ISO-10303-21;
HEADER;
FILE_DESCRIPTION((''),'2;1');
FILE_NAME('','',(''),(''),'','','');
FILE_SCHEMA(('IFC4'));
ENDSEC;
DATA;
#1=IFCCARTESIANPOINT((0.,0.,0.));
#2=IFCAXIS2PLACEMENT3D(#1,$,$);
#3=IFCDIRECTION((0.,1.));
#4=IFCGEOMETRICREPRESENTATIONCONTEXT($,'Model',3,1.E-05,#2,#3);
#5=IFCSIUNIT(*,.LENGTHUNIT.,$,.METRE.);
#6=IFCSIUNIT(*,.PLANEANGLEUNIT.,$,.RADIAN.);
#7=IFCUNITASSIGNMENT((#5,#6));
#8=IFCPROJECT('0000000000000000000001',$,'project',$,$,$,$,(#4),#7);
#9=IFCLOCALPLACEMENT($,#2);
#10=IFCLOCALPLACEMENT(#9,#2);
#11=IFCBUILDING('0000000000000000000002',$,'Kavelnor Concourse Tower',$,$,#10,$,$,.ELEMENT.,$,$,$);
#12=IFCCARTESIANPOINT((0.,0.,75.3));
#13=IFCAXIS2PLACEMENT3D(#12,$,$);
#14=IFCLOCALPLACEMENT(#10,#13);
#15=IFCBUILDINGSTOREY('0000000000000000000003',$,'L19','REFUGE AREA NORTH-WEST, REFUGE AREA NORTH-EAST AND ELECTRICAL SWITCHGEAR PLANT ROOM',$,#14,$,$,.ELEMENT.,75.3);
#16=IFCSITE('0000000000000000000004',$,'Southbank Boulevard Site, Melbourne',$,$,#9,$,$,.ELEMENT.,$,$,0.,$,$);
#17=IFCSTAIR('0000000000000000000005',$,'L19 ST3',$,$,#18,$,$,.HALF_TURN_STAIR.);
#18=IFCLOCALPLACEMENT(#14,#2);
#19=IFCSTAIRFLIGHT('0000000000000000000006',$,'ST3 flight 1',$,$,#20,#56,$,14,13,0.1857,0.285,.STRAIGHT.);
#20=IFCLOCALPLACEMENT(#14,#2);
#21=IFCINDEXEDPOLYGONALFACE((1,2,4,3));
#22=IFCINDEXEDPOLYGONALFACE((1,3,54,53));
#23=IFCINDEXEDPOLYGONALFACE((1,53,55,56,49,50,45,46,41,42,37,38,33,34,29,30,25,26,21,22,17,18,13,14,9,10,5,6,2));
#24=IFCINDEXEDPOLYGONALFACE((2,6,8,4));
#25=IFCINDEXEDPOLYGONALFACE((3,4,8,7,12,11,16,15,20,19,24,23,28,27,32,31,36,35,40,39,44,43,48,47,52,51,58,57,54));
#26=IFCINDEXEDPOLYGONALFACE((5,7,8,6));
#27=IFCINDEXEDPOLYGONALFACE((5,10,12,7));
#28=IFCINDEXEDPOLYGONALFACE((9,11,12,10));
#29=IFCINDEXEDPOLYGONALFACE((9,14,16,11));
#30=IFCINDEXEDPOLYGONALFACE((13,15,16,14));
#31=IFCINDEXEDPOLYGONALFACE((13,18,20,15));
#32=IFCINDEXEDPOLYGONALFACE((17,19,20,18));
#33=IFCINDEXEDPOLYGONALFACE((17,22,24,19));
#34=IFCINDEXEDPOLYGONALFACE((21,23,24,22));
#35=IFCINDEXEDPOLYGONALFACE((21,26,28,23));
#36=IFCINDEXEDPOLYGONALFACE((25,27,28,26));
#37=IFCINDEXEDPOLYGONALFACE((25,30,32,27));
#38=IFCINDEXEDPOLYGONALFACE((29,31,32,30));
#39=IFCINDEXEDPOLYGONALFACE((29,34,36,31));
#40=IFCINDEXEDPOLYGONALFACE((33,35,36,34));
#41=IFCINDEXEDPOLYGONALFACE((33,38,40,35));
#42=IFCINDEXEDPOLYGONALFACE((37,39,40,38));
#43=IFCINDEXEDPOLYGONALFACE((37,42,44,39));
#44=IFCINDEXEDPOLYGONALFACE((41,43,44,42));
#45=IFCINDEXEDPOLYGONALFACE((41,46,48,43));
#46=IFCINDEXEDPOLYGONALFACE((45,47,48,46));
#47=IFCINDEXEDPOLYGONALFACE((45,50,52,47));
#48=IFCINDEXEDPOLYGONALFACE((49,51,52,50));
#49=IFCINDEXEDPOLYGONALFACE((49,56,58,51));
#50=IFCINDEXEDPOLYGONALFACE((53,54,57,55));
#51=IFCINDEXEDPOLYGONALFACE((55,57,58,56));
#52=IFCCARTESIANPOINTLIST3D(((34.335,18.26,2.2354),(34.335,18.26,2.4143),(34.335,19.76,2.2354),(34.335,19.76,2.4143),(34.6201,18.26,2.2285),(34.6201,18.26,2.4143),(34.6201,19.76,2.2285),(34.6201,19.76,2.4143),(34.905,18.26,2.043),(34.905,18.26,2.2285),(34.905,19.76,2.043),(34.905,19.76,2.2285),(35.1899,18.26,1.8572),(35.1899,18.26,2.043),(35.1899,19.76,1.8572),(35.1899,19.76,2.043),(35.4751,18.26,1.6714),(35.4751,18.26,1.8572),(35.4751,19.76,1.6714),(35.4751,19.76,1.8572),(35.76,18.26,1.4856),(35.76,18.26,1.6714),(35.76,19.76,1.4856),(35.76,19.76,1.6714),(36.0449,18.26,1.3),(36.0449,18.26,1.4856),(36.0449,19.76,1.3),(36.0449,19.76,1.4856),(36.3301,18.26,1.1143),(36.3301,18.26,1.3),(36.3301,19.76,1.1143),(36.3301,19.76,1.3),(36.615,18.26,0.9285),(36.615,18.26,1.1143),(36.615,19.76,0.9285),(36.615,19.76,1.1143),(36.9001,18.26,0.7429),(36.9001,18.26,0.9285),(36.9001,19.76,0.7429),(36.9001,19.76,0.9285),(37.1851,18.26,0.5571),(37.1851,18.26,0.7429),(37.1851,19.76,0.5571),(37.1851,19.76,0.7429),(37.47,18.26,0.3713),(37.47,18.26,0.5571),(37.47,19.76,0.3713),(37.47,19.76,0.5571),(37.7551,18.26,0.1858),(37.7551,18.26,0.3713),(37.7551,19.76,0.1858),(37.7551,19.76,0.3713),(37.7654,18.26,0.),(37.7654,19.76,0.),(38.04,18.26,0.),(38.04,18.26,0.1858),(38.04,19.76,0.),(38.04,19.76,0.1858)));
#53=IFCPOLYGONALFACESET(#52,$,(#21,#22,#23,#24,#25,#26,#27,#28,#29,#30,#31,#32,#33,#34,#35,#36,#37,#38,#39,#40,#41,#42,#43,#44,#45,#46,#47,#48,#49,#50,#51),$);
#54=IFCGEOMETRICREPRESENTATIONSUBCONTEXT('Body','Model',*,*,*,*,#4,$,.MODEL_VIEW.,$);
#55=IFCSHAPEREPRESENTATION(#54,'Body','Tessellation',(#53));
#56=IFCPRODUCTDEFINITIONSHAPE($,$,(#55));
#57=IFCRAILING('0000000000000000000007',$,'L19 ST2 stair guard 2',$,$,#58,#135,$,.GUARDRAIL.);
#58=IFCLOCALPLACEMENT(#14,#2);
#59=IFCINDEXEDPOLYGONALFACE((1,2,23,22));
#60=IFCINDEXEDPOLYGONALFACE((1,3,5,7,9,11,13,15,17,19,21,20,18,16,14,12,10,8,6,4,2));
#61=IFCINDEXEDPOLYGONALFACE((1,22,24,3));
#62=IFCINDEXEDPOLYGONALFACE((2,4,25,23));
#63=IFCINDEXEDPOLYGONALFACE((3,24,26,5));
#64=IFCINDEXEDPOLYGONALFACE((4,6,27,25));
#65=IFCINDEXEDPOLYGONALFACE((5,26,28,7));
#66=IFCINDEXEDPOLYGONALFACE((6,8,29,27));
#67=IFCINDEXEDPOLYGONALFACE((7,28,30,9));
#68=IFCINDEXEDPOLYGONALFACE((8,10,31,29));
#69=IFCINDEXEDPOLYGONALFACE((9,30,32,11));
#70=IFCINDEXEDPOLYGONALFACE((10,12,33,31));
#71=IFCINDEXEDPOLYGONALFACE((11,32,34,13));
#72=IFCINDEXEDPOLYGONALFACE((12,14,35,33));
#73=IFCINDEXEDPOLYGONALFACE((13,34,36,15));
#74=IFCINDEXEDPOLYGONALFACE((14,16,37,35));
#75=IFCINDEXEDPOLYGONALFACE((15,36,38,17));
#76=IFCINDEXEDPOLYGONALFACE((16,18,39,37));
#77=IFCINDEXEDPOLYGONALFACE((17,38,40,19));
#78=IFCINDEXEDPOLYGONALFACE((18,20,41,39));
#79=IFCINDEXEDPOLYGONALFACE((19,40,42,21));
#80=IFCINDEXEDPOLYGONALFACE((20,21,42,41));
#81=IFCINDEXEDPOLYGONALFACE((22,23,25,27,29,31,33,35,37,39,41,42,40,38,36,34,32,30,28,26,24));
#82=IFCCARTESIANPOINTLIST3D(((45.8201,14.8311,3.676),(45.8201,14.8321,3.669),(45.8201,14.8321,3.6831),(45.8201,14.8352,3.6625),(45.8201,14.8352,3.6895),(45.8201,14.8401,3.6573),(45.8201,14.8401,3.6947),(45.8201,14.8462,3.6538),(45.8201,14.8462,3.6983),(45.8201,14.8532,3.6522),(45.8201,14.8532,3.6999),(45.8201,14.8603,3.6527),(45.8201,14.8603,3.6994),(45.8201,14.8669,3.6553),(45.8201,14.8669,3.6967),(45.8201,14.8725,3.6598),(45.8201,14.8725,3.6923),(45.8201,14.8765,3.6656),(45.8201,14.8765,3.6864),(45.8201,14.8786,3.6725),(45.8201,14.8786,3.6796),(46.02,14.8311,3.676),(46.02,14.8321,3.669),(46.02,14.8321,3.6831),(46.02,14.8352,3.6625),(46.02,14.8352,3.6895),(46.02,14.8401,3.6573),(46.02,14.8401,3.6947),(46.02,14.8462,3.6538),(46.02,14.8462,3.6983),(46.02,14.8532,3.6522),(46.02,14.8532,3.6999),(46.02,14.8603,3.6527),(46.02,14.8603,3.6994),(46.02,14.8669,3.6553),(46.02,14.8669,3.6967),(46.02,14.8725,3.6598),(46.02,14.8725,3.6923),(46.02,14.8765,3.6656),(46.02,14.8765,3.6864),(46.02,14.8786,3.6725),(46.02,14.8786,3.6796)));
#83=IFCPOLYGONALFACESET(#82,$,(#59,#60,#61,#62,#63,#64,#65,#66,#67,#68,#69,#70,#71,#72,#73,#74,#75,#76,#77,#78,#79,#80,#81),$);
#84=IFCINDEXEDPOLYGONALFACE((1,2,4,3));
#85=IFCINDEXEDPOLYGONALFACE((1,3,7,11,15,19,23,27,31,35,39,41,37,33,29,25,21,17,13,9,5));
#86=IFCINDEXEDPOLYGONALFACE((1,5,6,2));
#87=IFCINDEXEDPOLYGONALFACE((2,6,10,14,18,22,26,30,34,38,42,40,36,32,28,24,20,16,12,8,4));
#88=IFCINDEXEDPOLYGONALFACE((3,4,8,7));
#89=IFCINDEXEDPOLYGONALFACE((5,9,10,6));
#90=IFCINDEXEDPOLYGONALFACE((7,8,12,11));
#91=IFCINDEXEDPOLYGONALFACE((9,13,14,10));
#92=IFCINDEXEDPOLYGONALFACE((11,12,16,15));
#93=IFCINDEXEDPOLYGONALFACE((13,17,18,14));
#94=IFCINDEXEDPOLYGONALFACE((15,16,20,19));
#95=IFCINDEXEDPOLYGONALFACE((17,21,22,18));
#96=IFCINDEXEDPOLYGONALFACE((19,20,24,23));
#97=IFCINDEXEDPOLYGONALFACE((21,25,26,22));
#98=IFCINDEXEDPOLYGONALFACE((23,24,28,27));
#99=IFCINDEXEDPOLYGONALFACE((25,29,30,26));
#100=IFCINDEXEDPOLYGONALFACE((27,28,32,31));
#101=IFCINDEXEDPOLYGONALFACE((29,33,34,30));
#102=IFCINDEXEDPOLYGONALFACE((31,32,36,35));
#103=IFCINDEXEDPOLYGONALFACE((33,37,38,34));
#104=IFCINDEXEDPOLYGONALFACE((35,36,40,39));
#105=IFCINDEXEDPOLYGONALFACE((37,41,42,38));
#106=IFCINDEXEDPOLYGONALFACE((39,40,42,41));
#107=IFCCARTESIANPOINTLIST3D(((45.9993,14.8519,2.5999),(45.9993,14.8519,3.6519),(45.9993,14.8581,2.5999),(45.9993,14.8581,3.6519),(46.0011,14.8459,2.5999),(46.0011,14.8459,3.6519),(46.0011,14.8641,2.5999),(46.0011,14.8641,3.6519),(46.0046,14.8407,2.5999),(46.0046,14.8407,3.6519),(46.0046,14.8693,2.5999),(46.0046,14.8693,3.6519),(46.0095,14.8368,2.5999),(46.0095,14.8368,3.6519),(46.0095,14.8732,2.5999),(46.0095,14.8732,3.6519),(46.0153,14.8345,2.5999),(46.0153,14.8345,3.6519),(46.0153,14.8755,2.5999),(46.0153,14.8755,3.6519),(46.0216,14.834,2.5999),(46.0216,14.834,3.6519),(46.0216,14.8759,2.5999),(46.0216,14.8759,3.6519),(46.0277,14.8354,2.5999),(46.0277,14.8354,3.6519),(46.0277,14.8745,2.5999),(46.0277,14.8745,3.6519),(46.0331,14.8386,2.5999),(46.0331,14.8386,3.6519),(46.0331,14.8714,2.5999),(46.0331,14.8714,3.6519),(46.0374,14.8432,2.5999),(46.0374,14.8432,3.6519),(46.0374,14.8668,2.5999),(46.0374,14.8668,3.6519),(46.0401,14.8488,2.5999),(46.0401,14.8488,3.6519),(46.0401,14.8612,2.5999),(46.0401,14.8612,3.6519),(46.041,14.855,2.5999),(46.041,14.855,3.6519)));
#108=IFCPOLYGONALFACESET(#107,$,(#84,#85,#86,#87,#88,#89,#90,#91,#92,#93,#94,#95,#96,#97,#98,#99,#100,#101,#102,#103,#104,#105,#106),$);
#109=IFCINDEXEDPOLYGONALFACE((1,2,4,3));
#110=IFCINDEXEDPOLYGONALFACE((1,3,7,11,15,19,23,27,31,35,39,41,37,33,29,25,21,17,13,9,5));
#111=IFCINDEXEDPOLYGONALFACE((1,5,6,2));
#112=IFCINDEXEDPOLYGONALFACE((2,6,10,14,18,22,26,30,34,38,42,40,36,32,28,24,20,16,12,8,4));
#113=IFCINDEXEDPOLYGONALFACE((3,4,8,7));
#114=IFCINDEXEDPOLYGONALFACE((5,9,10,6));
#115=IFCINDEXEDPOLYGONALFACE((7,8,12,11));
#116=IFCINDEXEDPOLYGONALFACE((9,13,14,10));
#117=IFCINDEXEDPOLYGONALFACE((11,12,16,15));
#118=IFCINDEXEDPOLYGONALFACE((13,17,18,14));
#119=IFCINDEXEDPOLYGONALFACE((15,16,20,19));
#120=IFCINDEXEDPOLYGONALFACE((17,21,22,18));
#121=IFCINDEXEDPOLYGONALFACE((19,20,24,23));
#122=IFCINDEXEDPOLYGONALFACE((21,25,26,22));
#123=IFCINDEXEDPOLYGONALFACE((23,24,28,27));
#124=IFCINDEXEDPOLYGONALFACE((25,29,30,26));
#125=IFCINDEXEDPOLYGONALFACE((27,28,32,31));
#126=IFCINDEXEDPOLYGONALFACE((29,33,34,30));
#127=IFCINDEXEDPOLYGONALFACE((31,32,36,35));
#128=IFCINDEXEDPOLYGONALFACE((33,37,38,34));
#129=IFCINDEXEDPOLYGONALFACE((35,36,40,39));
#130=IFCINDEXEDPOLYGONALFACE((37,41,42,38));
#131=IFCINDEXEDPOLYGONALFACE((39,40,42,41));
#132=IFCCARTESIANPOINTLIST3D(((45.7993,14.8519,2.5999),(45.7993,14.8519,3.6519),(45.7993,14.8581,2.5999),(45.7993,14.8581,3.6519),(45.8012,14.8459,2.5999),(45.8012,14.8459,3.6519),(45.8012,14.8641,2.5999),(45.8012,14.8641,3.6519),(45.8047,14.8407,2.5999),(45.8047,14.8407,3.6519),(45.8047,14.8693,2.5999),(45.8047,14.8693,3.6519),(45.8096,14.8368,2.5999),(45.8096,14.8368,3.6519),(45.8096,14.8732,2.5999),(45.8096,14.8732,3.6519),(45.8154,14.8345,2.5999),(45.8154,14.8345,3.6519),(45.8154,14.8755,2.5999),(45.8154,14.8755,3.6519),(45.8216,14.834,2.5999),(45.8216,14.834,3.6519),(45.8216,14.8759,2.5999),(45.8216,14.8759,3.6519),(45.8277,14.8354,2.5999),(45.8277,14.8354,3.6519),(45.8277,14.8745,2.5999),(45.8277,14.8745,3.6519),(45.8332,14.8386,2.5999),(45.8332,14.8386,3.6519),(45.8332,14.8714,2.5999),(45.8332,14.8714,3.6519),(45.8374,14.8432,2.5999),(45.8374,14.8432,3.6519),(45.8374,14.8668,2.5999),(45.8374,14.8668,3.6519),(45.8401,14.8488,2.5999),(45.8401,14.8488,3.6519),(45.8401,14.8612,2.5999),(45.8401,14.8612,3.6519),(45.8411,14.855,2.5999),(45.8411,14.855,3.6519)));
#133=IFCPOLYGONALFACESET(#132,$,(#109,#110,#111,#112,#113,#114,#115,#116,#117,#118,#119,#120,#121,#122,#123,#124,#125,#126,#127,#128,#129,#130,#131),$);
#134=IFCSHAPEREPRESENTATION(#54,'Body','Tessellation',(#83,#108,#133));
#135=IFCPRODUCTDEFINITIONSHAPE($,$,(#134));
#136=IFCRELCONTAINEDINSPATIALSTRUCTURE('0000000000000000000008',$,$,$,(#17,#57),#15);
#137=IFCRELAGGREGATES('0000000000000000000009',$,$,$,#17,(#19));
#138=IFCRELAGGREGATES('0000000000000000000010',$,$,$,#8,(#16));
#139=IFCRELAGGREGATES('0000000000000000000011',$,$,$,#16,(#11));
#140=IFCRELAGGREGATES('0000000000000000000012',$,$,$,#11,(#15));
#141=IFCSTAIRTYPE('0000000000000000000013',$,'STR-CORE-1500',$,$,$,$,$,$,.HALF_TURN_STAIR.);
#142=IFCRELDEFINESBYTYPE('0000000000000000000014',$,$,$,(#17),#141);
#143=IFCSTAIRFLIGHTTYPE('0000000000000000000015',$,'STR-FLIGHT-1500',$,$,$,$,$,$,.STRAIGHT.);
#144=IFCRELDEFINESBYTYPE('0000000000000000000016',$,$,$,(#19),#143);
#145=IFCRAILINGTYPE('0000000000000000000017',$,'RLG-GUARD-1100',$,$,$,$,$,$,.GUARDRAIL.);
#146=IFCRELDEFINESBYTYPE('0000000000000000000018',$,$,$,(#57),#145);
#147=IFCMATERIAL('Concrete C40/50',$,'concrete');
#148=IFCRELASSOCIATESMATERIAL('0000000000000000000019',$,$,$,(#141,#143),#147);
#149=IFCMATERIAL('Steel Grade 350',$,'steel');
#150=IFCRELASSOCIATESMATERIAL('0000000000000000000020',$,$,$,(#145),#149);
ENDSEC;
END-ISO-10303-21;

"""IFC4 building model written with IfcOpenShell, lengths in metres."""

from ifc_helpers import new_model, si_unit, direction, frame, origin, origin_2d, place, context, subcontext, project, spatial, polyline, circle, outline, extrude, material, type_object, element, aggregate, save


model = new_model("IFC4")

# Units and contexts
model_context = context("Model", 3, precision=1e-05, world=origin(), true_north=direction((0.0, 1.0)))
body_context = subcontext(model_context, "Body", "Model", "MODEL_VIEW")
ifc_project = project(units=[si_unit("LENGTHUNIT", "METRE"), si_unit("PLANEANGLEUNIT", "RADIAN")], contexts=[model_context])

# Site, building, storey
site_placement = place(None, origin())
site = spatial("IfcSite", under=ifc_project, at=site_placement, Name="Southbank Boulevard Site, Melbourne", CompositionType="ELEMENT", RefElevation=0.0)
building_placement = place(site_placement, origin())
building = spatial("IfcBuilding", under=site, at=building_placement, Name="Kavelnor Concourse Tower", CompositionType="ELEMENT")
storey_placement = place(building_placement, frame((0.0, 0.0, 75.3)))
storey = spatial("IfcBuildingStorey", under=building, at=storey_placement, Name="L19", Description="REFUGE AREA NORTH-WEST, REFUGE AREA NORTH-EAST AND ELECTRICAL SWITCHGEAR PLANT ROOM", CompositionType="ELEMENT", Elevation=75.3)

# Shared definitions
ifc_material_1 = material(Name="Steel Grade 350", Category="steel")

# Stair, stair flight
ifc_material_2 = material(Name="Concrete C40/50", Category="concrete")
stair_type = type_object("IfcStairType", Name="STR-CORE-1500", PredefinedType="HALF_TURN_STAIR", material=ifc_material_2)
stair_flight_type = type_object("IfcStairFlightType", Name="STR-FLIGHT-1500", PredefinedType="STRAIGHT", material=ifc_material_2)
stair_1_placement = place(storey_placement, origin())
stair_1 = element("IfcStair", 1, at=stair_1_placement, inside=storey, type_object=stair_type, Name="L19 ST3", PredefinedType="HALF_TURN_STAIR")
stair_flight_1_placement = place(storey_placement, frame((38.04, 19.01, 0.0), z_axis=(0.0, 0.0, 1.0), x_axis=(-1.0, 0.0, 0.0)))
stair_flight_1 = element("IfcStairFlight", 2, at=stair_flight_1_placement, type_object=stair_flight_type, Name="ST3 flight 1", NumberOfRisers=14, NumberOfTreads=13, PredefinedType="STRAIGHT", RiserHeight=0.1857, TreadLength=0.285, context=body_context, shape_type="SweptSolid", body=[
    extrude(outline(polyline([(0.0, 0.0), (0.0, 0.1858), (0.2849, 0.1858), (0.2849, 0.3713), (0.5701, 0.3713), (0.5701, 0.5571), (0.855, 0.5571), (0.855, 0.7429), (1.1399, 0.7429), (1.1399, 0.9285), (1.425, 0.9285), (1.425, 1.1143), (1.71, 1.1143), (1.71, 1.3), (1.9951, 1.3), (1.9951, 1.4856), (2.28, 1.4856), (2.28, 1.6714), (2.5649, 1.6714), (2.5649, 1.8572), (2.8501, 1.8572), (2.8501, 2.043), (3.135, 2.043), (3.135, 2.2285), (3.4199, 2.2285), (3.4199, 2.4143), (3.7051, 2.4143), (3.7051, 2.6001), (3.7051, 2.2354), (0.2747, 0.0), (0.0, 0.0)])), frame((0.0, 0.75, 0.0), z_axis=(0.0, -1.0, 0.0), x_axis=(1.0, 0.0, 0.0)), (0.0, 0.0, 1.0), 1.5),
])
aggregate(stair_1, [stair_flight_1])

# Railing
railing_type_1 = type_object("IfcRailingType", Name="RLG-GUARD-1100", PredefinedType="GUARDRAIL", material=ifc_material_1)
railing_1_placement = place(storey_placement, frame((46.02, 14.855, 2.5999)))
element("IfcRailing", 3, at=railing_1_placement, inside=storey, type_object=railing_type_1, Name="L19 ST2 stair guard 2", PredefinedType="GUARDRAIL", context=body_context, shape_type="SweptSolid", body=[
    extrude(circle(Radius=0.0239, at=origin_2d()), frame((0.0, 0.0, 1.0762), z_axis=(-1.0, 0.0, 0.0), x_axis=(0.0, -1.0, 0.0)), (0.0, 0.0, 1.0), 0.2),
    extrude(circle(Radius=0.021, at=origin_2d()), origin(), (0.0, 0.0, 1.0), 1.052),
    extrude(circle(Radius=0.021, at=origin_2d()), frame((-0.2, 0.0, 0.0)), (0.0, 0.0, 1.0), 1.052),
])

save(model, "model.ifc")
